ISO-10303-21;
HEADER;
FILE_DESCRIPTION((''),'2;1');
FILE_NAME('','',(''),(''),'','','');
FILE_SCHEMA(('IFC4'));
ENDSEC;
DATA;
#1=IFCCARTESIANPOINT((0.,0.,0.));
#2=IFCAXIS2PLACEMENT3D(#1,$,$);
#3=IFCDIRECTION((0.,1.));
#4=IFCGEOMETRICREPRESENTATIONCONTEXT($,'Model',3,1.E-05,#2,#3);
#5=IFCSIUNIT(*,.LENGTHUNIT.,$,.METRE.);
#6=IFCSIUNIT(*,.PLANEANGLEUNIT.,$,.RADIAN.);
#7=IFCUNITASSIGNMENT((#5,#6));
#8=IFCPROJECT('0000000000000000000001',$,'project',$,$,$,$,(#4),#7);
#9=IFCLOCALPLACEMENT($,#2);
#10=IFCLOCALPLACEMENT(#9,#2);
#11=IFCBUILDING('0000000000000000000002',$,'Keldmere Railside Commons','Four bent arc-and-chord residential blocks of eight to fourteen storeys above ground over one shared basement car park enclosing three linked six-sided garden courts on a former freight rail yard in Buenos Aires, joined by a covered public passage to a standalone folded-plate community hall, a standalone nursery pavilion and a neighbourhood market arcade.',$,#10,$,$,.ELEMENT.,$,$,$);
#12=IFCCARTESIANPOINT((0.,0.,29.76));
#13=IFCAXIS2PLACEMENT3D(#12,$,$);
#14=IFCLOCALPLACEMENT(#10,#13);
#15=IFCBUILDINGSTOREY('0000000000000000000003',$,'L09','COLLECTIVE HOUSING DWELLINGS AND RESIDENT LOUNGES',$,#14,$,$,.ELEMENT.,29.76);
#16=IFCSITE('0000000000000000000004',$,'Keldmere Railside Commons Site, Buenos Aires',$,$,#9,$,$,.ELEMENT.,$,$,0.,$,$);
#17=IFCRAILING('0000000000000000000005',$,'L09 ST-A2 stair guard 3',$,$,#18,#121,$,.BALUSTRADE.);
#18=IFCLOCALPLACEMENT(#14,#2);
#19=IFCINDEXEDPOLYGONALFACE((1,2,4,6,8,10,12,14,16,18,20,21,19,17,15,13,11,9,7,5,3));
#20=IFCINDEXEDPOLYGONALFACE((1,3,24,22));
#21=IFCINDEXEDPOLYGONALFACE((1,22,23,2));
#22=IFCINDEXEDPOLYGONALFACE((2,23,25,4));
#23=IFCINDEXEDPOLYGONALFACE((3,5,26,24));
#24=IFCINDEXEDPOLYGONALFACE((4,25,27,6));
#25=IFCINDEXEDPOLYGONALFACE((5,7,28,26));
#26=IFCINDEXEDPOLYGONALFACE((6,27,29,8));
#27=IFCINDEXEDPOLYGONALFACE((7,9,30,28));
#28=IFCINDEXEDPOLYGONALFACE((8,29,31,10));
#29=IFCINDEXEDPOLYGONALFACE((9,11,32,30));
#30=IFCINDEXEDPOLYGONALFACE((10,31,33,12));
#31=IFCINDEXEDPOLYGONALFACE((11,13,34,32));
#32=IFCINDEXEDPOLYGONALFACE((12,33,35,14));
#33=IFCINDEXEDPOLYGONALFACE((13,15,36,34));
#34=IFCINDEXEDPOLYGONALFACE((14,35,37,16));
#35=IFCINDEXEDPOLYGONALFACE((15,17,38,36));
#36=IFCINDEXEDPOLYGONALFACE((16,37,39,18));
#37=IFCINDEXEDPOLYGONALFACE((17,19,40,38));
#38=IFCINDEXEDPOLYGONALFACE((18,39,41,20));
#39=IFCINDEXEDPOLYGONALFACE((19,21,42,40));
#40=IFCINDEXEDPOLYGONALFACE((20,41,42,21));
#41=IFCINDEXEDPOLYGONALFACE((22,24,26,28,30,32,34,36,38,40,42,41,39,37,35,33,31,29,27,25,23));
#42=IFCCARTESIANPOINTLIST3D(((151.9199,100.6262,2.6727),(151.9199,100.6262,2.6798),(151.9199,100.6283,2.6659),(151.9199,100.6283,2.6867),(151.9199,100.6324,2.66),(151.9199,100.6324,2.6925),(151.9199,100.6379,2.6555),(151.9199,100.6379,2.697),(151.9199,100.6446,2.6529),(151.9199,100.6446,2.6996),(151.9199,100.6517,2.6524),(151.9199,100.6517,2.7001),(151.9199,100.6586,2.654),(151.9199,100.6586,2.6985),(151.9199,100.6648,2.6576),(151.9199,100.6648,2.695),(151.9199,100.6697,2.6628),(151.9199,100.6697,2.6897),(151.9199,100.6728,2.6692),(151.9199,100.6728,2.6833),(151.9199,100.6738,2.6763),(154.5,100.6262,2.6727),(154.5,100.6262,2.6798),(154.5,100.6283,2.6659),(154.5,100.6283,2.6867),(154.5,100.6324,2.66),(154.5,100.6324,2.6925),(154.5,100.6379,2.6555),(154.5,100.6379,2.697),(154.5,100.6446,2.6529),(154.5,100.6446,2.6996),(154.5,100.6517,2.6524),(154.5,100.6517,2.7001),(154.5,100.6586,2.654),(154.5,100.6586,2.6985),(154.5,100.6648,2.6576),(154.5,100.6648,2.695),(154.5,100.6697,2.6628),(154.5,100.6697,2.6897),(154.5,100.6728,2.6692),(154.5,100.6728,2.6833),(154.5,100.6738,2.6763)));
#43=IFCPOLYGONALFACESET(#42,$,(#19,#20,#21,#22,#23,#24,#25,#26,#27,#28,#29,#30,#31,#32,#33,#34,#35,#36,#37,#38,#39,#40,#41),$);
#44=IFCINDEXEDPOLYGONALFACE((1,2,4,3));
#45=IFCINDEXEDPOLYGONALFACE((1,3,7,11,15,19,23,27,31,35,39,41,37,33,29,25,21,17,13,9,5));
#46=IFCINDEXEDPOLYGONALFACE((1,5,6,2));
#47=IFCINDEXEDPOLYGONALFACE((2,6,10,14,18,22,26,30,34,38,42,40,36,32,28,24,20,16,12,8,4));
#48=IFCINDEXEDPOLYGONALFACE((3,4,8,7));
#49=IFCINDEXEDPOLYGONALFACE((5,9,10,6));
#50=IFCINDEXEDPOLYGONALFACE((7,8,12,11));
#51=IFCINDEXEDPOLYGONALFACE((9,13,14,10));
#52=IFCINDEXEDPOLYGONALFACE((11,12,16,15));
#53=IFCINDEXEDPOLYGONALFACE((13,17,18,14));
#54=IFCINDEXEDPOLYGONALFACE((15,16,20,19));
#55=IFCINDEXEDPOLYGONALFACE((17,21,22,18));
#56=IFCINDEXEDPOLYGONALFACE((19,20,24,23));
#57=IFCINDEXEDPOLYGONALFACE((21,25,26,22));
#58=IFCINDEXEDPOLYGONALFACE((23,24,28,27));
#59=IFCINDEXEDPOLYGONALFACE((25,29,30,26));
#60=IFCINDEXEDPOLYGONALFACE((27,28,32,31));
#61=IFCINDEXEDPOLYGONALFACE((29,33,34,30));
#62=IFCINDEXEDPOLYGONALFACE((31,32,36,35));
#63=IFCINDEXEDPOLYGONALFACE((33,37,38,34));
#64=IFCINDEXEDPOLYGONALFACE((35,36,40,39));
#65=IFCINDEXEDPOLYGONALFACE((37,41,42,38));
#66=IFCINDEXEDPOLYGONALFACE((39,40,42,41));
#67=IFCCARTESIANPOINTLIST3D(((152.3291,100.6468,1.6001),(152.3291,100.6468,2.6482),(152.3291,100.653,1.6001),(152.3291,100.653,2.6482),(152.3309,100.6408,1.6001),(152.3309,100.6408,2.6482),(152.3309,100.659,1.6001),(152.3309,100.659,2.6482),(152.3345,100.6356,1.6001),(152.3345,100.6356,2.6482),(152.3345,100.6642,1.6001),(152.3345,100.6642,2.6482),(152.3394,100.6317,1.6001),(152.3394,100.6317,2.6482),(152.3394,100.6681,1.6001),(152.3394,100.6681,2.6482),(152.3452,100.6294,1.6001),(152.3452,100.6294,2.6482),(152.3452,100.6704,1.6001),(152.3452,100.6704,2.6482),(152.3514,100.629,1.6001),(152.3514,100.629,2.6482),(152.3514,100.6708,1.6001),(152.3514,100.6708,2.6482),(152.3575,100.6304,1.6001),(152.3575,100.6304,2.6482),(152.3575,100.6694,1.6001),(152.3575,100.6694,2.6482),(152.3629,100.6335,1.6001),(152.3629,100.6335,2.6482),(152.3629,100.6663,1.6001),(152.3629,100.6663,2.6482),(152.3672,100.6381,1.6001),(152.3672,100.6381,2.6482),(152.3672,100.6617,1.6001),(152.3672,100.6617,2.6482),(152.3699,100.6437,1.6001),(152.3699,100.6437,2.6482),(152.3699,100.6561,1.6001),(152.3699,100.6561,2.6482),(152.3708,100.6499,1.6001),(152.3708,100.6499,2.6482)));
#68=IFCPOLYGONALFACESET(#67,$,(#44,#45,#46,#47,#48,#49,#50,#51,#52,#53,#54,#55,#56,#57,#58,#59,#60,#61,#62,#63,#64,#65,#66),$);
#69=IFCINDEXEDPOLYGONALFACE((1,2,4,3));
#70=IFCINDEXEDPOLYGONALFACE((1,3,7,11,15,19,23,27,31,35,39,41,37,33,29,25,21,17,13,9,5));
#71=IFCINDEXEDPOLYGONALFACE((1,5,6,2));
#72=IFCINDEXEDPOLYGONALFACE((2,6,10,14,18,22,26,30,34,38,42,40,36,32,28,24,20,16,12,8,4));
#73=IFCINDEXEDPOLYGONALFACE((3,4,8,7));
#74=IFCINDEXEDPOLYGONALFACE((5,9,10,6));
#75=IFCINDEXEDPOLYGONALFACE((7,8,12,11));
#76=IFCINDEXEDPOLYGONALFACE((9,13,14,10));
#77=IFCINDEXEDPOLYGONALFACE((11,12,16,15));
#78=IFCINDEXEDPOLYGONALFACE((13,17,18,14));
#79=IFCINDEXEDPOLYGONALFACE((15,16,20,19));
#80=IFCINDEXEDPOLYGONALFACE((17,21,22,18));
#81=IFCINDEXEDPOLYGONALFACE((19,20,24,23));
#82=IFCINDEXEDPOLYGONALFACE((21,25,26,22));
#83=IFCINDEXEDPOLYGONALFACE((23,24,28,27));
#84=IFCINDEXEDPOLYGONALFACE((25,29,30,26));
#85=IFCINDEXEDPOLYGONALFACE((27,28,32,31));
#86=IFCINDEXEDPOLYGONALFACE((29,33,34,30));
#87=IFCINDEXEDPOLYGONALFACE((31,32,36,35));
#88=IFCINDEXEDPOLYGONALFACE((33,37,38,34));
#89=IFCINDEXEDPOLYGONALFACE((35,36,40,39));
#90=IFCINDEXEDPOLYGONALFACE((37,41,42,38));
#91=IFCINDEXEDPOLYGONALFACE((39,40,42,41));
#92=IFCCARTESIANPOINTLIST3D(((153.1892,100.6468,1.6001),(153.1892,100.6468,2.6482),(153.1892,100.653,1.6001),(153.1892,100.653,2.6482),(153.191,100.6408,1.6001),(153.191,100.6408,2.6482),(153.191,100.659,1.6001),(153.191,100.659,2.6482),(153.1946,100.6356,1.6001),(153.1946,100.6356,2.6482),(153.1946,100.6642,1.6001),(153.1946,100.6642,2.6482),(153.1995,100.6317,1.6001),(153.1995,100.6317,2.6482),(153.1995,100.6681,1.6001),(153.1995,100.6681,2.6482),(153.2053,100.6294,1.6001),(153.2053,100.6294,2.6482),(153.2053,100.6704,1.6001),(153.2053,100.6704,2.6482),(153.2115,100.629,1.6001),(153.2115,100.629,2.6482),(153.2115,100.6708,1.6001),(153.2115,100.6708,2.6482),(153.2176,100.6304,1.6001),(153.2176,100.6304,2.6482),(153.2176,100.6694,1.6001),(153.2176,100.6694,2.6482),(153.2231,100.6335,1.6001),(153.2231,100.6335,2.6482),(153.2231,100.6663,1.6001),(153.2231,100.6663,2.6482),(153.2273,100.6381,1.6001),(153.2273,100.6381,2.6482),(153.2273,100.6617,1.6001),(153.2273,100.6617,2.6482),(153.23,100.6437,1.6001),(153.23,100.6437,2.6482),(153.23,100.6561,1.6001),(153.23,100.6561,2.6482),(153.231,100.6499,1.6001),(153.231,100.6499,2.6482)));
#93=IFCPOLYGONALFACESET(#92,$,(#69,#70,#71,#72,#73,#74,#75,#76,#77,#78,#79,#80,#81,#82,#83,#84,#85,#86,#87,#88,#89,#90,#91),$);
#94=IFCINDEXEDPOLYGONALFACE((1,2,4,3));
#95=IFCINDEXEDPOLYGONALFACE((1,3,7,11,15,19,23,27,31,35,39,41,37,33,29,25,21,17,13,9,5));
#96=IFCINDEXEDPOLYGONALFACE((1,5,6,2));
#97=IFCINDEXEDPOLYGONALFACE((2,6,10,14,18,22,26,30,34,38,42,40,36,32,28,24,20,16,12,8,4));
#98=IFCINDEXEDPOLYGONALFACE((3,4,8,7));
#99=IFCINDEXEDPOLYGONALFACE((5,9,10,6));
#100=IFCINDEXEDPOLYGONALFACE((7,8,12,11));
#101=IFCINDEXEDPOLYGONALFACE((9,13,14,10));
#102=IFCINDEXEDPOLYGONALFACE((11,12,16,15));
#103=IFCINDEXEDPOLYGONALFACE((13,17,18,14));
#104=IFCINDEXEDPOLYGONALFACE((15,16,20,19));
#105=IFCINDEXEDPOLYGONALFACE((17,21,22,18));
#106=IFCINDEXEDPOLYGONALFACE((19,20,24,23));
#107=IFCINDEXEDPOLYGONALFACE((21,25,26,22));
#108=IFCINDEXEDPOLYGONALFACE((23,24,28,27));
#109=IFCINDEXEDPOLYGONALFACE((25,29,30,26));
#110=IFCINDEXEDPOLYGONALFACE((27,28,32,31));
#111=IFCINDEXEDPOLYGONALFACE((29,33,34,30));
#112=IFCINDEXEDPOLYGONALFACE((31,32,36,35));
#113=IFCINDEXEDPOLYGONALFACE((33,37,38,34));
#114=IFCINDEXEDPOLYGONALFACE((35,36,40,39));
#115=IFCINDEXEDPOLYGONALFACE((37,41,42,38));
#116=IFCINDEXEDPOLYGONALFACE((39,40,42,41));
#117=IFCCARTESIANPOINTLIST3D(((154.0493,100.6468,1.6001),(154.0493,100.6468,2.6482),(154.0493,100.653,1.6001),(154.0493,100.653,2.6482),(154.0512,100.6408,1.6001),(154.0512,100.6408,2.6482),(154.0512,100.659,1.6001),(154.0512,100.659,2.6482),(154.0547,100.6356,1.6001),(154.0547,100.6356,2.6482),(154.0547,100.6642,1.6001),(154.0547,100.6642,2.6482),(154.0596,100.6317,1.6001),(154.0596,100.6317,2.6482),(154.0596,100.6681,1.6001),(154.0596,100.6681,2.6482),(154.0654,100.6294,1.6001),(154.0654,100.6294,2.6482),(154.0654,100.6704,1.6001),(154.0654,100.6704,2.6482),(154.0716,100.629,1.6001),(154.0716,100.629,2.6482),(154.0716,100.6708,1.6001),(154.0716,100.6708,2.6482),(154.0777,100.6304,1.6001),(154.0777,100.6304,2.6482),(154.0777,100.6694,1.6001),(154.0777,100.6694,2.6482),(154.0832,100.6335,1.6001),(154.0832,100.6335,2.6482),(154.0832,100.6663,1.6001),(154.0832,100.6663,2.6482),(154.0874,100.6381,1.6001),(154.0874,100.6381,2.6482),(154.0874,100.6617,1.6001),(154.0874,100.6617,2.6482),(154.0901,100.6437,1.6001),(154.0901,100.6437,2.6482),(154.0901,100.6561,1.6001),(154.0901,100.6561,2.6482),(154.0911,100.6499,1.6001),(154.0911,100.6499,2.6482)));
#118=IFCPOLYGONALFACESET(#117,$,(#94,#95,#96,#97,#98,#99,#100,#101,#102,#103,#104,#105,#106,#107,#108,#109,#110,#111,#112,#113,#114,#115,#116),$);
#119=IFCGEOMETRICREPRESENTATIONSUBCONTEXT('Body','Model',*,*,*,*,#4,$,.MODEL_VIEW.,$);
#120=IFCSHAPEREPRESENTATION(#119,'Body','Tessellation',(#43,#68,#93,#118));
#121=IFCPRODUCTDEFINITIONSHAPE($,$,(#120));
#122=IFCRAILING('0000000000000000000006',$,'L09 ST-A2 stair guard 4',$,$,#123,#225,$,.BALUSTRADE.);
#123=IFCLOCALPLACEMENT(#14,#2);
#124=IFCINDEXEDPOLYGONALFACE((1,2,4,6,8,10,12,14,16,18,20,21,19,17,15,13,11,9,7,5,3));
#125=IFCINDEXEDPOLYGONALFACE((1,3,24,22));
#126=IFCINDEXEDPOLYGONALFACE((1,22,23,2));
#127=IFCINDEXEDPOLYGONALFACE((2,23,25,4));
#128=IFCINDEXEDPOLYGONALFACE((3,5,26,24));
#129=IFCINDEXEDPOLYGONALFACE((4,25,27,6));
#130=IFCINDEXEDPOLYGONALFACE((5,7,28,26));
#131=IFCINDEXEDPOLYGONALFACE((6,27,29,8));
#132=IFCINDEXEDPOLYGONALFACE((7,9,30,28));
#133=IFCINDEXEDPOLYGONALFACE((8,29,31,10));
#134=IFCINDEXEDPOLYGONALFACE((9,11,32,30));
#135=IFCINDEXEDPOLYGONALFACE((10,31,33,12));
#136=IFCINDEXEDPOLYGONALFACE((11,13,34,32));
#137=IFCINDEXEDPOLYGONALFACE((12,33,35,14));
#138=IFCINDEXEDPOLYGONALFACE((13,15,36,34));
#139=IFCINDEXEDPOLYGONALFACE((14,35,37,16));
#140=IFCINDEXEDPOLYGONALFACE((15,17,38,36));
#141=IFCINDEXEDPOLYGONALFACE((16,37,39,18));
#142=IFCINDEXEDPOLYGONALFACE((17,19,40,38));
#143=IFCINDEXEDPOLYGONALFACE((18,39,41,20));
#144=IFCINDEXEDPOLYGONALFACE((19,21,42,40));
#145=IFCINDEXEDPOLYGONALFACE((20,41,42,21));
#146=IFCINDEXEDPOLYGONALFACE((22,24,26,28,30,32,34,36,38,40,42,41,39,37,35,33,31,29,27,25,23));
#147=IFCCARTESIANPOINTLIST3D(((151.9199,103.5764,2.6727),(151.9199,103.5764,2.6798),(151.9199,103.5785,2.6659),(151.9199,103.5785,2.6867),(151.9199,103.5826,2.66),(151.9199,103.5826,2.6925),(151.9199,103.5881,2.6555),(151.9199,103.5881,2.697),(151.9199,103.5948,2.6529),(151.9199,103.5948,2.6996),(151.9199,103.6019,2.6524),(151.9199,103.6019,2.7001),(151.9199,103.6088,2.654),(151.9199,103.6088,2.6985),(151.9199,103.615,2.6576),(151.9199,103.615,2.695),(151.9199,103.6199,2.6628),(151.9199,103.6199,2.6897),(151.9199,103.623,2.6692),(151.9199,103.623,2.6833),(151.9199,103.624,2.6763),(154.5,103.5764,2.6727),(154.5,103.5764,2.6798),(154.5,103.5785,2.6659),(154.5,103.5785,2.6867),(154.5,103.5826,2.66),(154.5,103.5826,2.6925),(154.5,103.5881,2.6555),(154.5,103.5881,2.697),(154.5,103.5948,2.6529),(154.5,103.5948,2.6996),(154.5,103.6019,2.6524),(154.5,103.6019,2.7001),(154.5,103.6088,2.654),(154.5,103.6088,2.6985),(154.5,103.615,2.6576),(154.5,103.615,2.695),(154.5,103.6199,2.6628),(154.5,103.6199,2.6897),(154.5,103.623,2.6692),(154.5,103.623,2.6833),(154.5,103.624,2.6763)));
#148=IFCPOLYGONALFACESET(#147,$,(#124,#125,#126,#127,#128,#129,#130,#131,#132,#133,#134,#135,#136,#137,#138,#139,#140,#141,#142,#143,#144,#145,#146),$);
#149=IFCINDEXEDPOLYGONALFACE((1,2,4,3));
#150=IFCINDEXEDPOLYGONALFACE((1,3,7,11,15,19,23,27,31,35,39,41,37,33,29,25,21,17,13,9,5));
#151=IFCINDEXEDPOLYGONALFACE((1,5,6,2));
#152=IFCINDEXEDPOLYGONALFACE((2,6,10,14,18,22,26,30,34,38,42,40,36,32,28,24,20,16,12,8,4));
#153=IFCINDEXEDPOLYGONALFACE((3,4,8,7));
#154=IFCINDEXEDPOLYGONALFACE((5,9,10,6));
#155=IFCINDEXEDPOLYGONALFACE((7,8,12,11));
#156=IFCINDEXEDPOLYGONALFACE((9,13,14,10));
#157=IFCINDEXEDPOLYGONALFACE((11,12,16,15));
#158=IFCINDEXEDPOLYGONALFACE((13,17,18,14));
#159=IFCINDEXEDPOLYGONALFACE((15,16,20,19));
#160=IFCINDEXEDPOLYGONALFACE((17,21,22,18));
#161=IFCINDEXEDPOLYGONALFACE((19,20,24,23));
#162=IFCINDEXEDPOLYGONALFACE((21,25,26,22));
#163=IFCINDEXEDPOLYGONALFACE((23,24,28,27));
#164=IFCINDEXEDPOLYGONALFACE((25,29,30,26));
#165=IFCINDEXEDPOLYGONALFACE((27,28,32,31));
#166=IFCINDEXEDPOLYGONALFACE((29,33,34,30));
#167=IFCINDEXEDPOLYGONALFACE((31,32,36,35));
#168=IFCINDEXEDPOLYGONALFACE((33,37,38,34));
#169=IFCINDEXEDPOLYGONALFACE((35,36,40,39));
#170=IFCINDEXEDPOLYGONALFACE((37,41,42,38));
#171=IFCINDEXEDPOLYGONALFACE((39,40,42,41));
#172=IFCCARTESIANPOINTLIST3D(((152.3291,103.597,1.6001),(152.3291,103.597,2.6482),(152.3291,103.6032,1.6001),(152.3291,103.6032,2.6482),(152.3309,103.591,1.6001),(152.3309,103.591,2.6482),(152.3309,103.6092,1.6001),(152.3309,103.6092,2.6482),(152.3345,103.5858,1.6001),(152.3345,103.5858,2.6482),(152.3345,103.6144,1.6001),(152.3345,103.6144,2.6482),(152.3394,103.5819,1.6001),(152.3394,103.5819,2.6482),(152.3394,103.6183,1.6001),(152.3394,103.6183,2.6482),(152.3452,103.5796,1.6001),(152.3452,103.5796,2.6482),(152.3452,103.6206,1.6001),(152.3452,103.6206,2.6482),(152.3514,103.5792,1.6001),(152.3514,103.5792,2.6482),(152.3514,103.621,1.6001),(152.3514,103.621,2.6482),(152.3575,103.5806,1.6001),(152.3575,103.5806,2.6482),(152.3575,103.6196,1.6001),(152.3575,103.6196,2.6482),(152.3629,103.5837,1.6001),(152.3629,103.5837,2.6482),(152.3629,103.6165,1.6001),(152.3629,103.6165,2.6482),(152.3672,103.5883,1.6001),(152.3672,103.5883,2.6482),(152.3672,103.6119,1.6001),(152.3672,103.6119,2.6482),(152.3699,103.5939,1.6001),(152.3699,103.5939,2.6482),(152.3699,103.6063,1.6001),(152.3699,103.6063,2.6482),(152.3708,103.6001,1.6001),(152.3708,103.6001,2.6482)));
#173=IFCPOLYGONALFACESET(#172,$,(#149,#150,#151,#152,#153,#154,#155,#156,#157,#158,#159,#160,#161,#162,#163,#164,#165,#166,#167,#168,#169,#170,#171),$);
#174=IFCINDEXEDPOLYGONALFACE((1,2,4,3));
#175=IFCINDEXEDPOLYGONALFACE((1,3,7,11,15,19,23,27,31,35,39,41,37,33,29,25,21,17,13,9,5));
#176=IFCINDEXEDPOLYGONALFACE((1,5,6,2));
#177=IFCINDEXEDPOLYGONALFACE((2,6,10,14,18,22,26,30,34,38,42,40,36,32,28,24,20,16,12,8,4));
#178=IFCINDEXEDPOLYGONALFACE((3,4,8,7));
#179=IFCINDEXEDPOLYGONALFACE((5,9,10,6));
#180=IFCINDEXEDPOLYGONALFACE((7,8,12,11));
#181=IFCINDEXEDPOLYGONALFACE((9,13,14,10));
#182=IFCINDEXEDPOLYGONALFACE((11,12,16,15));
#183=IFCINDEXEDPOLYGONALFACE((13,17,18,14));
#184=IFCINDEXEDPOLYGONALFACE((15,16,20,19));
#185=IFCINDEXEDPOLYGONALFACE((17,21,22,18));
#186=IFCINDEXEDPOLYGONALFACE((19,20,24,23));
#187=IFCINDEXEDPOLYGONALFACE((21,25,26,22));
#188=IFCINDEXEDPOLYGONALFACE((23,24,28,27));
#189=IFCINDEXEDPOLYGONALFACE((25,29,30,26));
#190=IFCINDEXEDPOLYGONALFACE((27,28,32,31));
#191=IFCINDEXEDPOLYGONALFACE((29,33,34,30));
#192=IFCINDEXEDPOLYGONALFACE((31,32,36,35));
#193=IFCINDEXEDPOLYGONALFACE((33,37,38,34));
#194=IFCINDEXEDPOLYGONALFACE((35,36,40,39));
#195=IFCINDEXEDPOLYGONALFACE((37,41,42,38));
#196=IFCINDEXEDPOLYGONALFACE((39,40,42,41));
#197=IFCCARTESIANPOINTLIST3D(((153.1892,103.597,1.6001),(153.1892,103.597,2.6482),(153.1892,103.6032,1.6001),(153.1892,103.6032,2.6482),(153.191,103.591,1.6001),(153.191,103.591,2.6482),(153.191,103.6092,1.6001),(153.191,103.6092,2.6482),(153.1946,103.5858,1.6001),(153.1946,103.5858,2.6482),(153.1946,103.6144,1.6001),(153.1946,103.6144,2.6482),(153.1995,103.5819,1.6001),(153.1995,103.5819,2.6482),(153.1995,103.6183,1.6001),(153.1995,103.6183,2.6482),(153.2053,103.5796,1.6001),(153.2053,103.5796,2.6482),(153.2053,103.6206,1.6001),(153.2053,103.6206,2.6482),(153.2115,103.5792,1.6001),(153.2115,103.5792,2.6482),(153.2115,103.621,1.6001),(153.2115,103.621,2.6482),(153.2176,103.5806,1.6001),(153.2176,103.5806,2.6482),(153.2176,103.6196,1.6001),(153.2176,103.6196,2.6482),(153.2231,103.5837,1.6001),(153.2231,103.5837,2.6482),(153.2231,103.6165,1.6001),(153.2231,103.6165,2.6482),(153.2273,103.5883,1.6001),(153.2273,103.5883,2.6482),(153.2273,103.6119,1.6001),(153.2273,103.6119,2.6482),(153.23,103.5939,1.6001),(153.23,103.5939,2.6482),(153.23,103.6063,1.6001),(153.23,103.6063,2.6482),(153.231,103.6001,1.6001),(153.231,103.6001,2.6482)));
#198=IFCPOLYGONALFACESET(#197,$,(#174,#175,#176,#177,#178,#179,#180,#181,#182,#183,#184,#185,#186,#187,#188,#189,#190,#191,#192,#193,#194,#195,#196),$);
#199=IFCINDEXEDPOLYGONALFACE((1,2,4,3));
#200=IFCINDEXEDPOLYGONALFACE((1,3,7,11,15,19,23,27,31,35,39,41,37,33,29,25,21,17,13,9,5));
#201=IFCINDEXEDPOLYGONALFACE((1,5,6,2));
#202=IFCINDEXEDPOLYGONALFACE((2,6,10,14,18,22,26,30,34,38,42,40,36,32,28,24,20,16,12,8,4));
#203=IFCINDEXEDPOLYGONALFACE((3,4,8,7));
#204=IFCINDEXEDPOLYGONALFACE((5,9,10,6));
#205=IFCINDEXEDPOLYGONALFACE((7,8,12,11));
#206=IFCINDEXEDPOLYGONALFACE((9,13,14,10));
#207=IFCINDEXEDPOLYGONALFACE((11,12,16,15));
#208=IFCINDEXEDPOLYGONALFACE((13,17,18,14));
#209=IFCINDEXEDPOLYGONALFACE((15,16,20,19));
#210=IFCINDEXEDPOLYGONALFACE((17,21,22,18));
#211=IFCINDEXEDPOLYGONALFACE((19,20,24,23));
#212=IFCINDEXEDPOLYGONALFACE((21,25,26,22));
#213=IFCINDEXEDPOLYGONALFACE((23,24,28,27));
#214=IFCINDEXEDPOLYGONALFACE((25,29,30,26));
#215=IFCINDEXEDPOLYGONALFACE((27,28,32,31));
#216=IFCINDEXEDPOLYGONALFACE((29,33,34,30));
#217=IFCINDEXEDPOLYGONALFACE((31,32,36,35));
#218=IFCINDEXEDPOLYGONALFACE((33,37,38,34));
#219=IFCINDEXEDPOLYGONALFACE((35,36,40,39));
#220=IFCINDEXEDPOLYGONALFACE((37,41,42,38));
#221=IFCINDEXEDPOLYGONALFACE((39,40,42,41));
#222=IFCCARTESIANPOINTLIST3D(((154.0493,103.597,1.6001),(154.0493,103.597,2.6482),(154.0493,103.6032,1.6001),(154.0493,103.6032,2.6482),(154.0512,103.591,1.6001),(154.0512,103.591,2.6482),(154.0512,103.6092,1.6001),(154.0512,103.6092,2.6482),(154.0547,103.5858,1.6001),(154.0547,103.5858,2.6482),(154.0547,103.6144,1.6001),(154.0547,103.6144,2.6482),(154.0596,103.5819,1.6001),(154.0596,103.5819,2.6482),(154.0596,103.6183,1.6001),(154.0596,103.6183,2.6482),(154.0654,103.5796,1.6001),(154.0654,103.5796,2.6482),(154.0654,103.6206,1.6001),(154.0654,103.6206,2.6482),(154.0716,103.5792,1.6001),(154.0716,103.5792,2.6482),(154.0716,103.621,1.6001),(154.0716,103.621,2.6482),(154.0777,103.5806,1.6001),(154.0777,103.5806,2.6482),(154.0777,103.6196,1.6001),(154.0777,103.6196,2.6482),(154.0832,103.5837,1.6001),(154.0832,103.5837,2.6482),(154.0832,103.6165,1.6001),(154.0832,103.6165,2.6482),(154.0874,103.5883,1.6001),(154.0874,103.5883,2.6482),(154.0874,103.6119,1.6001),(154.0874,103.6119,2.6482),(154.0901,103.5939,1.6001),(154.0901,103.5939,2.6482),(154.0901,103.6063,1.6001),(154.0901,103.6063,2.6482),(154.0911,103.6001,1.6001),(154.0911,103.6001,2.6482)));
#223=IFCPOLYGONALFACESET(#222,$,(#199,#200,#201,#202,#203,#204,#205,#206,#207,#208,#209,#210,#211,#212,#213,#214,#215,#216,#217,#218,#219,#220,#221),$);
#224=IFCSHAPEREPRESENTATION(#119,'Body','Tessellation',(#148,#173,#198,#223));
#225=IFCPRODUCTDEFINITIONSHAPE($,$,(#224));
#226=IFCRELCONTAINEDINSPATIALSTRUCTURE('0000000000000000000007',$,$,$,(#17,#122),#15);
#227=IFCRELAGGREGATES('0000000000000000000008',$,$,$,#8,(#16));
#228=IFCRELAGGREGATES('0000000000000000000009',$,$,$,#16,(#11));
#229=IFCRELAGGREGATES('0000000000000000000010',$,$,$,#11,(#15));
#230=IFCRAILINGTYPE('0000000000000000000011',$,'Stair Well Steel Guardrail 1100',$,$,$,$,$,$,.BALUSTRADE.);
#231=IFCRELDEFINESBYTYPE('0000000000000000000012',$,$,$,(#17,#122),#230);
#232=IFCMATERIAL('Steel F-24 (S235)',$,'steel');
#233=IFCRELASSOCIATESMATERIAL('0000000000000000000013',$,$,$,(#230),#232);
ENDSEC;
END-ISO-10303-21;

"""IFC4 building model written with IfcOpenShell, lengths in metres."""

from ifc_helpers import new_model, si_unit, direction, frame, origin, origin_2d, place, context, subcontext, project, spatial, circle, extrude, material, type_object, element, save


model = new_model("IFC4")

# Units and contexts
model_context = context("Model", 3, precision=1e-05, world=origin(), true_north=direction((0.0, 1.0)))
body_context = subcontext(model_context, "Body", "Model", "MODEL_VIEW")
ifc_project = project(units=[si_unit("LENGTHUNIT", "METRE"), si_unit("PLANEANGLEUNIT", "RADIAN")], contexts=[model_context])

# Site, building, storey
site_placement = place(None, origin())
site = spatial("IfcSite", under=ifc_project, at=site_placement, Name="Keldmere Railside Commons Site, Buenos Aires", CompositionType="ELEMENT", RefElevation=0.0)
building_placement = place(site_placement, origin())
building = spatial("IfcBuilding", under=site, at=building_placement, Name="Keldmere Railside Commons", Description="Four bent arc-and-chord residential blocks of eight to fourteen storeys above ground over one shared basement car park enclosing three linked six-sided garden courts on a former freight rail yard in Buenos Aires, joined by a covered public passage to a standalone folded-plate community hall, a standalone nursery pavilion and a neighbourhood market arcade.", CompositionType="ELEMENT")
storey_placement = place(building_placement, frame((0.0, 0.0, 29.76)))
storey = spatial("IfcBuildingStorey", under=building, at=storey_placement, Name="L09", Description="COLLECTIVE HOUSING DWELLINGS AND RESIDENT LOUNGES", CompositionType="ELEMENT", Elevation=29.76)

# Railings
ifc_material_1 = material(Name="Steel F-24 (S235)", Category="steel")
railing_type_1 = type_object("IfcRailingType", Name="Stair Well Steel Guardrail 1100", PredefinedType="BALUSTRADE", material=ifc_material_1)
for number, where, name in (
    (1, (151.9199, 100.6499, 1.6001), "L09 ST-A2 stair guard 3"),
    (2, (151.9199, 103.6001, 1.6001), "L09 ST-A2 stair guard 4"),
):
    element("IfcRailing", number, at=place(storey_placement, frame(where)), inside=storey, type_object=railing_type_1, Name=name, PredefinedType="BALUSTRADE", context=body_context, shape_type="SweptSolid", body=[
        extrude(circle(Radius=0.0239, at=origin_2d()), frame((0.0, 0.0, 1.0762), z_axis=(1.0, 0.0, 0.0), x_axis=(0.0, 1.0, 0.0)), (0.0, 0.0, 1.0), 2.5801),
        extrude(circle(Radius=0.021, at=origin_2d()), frame((0.4299, 0.0, 0.0)), (0.0, 0.0, 1.0), 1.0481),
        extrude(circle(Radius=0.021, at=origin_2d()), frame((1.29, 0.0, 0.0)), (0.0, 0.0, 1.0), 1.0481),
        extrude(circle(Radius=0.021, at=origin_2d()), frame((2.1501, 0.0, 0.0)), (0.0, 0.0, 1.0), 1.0481),
    ])

save(model, "model.ifc")
